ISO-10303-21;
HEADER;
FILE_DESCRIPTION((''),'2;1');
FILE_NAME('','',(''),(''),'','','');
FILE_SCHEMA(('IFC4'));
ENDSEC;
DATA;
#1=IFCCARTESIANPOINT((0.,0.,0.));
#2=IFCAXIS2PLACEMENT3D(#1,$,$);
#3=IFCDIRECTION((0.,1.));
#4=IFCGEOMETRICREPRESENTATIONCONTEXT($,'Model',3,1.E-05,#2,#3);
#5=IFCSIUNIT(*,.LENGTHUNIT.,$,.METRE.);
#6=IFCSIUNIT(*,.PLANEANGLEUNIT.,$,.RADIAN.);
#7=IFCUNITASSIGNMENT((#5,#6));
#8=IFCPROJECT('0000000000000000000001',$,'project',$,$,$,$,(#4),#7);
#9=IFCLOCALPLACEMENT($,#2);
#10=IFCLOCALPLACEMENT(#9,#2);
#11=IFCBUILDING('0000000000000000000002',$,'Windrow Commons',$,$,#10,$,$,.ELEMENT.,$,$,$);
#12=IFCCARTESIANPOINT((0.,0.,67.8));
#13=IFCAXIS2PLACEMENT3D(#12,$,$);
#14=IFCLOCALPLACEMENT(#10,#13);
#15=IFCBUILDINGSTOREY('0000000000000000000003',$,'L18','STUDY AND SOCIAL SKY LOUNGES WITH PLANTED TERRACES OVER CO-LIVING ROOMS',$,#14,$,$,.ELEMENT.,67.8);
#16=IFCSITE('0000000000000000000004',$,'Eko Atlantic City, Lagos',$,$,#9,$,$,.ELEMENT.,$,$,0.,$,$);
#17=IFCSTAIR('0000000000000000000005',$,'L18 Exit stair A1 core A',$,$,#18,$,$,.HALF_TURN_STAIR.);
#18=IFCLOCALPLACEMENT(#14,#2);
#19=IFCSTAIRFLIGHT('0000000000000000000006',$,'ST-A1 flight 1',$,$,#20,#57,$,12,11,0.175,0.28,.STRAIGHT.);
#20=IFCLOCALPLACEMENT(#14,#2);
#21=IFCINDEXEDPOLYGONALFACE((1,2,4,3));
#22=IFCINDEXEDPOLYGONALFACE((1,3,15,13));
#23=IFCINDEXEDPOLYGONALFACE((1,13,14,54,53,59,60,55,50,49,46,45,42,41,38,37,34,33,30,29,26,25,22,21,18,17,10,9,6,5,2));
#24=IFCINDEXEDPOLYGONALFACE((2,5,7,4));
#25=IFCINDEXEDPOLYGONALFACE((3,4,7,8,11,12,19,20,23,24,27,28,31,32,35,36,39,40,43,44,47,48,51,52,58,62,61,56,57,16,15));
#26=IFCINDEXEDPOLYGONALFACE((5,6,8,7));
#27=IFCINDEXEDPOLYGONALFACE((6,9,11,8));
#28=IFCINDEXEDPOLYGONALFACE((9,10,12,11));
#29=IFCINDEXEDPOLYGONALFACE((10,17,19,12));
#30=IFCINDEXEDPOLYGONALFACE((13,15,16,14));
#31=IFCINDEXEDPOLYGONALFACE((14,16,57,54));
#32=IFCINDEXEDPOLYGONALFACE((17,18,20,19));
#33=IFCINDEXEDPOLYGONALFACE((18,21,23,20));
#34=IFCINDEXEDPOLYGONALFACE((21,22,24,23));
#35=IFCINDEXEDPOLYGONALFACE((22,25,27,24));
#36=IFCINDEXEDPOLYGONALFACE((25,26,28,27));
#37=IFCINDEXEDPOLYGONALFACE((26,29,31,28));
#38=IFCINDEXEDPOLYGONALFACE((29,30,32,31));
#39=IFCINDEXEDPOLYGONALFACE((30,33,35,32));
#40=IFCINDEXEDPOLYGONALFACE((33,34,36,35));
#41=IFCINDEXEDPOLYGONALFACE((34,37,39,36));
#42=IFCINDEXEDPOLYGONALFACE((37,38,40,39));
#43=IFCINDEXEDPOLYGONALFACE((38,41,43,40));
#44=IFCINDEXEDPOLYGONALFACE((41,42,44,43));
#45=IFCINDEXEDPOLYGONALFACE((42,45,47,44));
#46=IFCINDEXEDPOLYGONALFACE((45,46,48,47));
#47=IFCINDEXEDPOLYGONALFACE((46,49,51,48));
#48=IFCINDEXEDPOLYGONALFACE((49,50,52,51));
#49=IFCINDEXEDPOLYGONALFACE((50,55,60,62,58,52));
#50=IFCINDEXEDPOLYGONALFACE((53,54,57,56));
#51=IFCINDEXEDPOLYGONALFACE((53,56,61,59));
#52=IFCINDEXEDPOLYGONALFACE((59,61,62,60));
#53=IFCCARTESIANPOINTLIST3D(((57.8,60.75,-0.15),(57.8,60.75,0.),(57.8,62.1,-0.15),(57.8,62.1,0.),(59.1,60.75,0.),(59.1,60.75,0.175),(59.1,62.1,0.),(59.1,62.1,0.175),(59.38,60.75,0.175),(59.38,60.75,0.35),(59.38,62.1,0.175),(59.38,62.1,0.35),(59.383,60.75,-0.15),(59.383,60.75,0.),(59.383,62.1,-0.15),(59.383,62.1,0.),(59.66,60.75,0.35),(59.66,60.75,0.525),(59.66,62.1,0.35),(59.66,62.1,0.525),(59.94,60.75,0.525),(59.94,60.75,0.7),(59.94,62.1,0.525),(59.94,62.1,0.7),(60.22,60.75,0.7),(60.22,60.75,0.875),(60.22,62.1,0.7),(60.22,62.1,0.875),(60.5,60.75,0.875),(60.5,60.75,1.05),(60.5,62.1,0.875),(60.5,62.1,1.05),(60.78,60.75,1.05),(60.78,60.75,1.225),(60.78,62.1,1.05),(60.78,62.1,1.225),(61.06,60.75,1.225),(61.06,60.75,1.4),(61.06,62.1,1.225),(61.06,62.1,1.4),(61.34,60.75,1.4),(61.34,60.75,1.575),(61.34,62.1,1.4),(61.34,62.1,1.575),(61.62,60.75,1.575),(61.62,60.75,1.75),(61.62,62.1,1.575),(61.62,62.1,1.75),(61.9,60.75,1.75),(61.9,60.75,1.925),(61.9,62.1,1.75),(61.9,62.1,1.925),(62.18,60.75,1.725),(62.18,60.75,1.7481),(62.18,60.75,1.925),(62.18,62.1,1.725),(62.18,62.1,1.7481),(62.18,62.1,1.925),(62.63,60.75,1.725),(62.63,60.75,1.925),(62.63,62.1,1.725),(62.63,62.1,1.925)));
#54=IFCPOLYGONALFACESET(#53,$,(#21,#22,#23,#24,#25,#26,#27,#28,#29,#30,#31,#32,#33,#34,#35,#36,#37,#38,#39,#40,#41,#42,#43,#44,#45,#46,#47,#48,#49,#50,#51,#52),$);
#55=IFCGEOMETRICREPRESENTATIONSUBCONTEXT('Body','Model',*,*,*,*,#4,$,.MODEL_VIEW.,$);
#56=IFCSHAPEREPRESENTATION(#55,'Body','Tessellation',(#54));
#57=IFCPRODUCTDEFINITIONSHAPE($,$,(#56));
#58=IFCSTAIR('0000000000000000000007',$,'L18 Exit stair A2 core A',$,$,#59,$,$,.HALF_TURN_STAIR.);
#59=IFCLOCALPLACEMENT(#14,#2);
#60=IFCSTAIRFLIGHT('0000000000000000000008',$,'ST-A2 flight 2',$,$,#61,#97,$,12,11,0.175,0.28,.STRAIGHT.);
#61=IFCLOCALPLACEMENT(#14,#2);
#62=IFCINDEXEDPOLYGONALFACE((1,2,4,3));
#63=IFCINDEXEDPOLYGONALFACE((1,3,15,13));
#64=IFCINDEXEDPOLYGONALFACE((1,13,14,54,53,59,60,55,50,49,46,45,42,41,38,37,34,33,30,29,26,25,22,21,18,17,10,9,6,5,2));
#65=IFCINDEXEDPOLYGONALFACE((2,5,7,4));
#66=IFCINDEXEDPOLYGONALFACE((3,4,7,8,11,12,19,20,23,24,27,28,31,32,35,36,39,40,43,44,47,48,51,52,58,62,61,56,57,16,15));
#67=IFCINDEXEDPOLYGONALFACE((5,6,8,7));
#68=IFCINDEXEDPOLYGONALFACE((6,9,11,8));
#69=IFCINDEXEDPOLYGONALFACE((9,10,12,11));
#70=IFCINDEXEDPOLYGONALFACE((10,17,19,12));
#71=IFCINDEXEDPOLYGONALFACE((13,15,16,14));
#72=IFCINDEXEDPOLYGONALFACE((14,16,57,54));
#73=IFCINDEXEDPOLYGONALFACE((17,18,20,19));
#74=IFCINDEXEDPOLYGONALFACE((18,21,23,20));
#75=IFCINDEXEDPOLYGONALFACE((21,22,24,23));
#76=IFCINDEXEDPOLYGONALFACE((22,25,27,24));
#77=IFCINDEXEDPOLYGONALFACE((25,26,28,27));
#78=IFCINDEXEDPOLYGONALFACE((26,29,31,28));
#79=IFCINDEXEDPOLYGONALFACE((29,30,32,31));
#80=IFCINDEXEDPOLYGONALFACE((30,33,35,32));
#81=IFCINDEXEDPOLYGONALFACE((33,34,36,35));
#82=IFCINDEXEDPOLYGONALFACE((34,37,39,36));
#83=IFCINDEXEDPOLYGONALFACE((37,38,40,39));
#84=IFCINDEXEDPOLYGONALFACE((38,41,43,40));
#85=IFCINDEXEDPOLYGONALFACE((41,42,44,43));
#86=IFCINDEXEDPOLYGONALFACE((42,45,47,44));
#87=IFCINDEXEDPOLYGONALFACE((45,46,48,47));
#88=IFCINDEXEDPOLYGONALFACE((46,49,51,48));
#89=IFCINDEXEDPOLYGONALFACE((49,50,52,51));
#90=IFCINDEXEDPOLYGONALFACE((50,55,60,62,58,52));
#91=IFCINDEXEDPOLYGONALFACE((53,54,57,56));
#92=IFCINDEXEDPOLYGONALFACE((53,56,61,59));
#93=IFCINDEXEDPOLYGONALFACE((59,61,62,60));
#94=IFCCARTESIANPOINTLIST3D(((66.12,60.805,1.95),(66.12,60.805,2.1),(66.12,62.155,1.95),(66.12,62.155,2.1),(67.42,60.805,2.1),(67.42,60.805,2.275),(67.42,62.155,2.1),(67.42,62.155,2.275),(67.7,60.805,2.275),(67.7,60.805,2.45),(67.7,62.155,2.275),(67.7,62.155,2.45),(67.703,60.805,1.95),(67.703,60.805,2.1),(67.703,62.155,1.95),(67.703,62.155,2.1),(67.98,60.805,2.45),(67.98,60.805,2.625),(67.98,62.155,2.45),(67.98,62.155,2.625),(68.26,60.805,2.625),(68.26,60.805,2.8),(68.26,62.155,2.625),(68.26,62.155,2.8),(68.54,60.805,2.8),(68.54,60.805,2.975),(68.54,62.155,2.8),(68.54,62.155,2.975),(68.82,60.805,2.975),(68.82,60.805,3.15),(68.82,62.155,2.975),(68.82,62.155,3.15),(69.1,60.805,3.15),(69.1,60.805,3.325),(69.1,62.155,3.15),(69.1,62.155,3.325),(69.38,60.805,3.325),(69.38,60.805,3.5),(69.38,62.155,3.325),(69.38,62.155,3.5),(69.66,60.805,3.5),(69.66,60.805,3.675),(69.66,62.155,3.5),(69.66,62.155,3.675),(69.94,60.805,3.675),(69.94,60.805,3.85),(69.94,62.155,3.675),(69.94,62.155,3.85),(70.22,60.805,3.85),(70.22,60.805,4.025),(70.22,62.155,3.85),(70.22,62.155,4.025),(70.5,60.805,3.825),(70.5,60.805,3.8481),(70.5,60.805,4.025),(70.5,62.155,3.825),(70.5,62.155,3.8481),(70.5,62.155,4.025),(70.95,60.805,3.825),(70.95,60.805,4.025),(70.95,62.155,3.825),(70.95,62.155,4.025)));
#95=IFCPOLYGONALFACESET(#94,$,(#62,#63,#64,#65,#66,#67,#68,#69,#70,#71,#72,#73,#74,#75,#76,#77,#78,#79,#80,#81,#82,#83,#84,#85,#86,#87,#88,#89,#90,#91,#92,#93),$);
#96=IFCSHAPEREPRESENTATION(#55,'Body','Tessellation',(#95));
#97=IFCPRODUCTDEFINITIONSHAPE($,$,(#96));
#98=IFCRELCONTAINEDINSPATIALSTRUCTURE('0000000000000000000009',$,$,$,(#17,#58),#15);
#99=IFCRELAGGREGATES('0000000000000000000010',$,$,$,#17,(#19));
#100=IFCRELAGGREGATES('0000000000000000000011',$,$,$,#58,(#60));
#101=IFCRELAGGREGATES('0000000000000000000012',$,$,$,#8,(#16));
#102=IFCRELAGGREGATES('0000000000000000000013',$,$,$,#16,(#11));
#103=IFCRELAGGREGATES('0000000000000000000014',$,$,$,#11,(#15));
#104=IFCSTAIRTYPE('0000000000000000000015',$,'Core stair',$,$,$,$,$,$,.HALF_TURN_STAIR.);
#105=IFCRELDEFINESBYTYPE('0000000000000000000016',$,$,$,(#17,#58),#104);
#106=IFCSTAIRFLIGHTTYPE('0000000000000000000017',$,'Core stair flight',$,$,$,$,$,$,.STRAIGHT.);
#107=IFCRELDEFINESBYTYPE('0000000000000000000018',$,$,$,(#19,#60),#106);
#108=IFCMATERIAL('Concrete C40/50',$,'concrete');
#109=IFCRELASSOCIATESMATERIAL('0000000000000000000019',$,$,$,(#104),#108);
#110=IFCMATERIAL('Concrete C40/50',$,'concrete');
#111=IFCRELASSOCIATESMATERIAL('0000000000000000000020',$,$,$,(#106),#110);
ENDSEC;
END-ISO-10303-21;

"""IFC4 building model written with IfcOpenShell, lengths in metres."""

from ifc_helpers import new_model, si_unit, direction, frame, origin, place, context, subcontext, project, spatial, polyline, outline, extrude, material, type_object, element, aggregate, save


model = new_model("IFC4")

# Units and contexts
model_context = context("Model", 3, precision=1e-05, world=origin(), true_north=direction((0.0, 1.0)))
body_context = subcontext(model_context, "Body", "Model", "MODEL_VIEW")
ifc_project = project(units=[si_unit("LENGTHUNIT", "METRE"), si_unit("PLANEANGLEUNIT", "RADIAN")], contexts=[model_context])

# Site, building, storey
site_placement = place(None, origin())
site = spatial("IfcSite", under=ifc_project, at=site_placement, Name="Eko Atlantic City, Lagos", CompositionType="ELEMENT", RefElevation=0.0)
building_placement = place(site_placement, origin())
building = spatial("IfcBuilding", under=site, at=building_placement, Name="Windrow Commons", CompositionType="ELEMENT")
storey_placement = place(building_placement, frame((0.0, 0.0, 67.8)))
storey = spatial("IfcBuildingStorey", under=building, at=storey_placement, Name="L18", Description="STUDY AND SOCIAL SKY LOUNGES WITH PLANTED TERRACES OVER CO-LIVING ROOMS", CompositionType="ELEMENT", Elevation=67.8)

# Stairs, stair flights
ifc_material_1 = material(Name="Concrete C40/50", Category="concrete")
stair_type = type_object("IfcStairType", Name="Core stair", PredefinedType="HALF_TURN_STAIR", material=ifc_material_1)
placement = place(storey_placement, origin())
stair_1 = element("IfcStair", 1, at=placement, inside=storey, type_object=stair_type, Name="L18 Exit stair A1 core A", PredefinedType="HALF_TURN_STAIR")
ifc_material_2 = material(Name="Concrete C40/50", Category="concrete")
stair_flight_type = type_object("IfcStairFlightType", Name="Core stair flight", PredefinedType="STRAIGHT", material=ifc_material_2)
stair_flight_1_placement = place(storey_placement, frame((59.1, 61.425, 0.0), z_axis=(0.0, 0.0, 1.0), x_axis=(1.0, 0.0, 0.0)))
stair_flight_1 = element("IfcStairFlight", 2, at=stair_flight_1_placement, type_object=stair_flight_type, Name="ST-A1 flight 1", NumberOfRisers=12, NumberOfTreads=11, PredefinedType="STRAIGHT", RiserHeight=0.175, TreadLength=0.28, context=body_context, shape_type="SweptSolid", body=[
    extrude(outline(polyline([(-1.3, -0.15), (-1.3, 0.0), (0.0, 0.0), (0.0, 0.175), (0.28, 0.175), (0.28, 0.35), (0.56, 0.35), (0.56, 0.525), (0.84, 0.525), (0.84, 0.7), (1.12, 0.7), (1.12, 0.875), (1.4, 0.875), (1.4, 1.05), (1.68, 1.05), (1.68, 1.225), (1.96, 1.225), (1.96, 1.4), (2.24, 1.4), (2.24, 1.575), (2.52, 1.575), (2.52, 1.75), (2.8, 1.75), (2.8, 1.925), (3.08, 1.925), (3.53, 1.925), (3.53, 1.725), (3.08, 1.725), (3.08, 1.7481), (0.283, 0.0), (0.283, -0.15), (-1.3, -0.15)])), frame((0.0, 0.675, 0.0), z_axis=(0.0, -1.0, 0.0), x_axis=(1.0, 0.0, 0.0)), (0.0, 0.0, 1.0), 1.35),
])
aggregate(stair_1, [stair_flight_1])
stair_2 = element("IfcStair", 3, at=placement, inside=storey, type_object=stair_type, Name="L18 Exit stair A2 core A", PredefinedType="HALF_TURN_STAIR")
stair_flight_2_placement = place(storey_placement, frame((67.42, 61.48, 2.1), z_axis=(0.0, 0.0, 1.0), x_axis=(1.0, 0.0, 0.0)))
stair_flight_2 = element("IfcStairFlight", 4, at=stair_flight_2_placement, type_object=stair_flight_type, Name="ST-A2 flight 2", NumberOfRisers=12, NumberOfTreads=11, PredefinedType="STRAIGHT", RiserHeight=0.175, TreadLength=0.28, context=body_context, shape_type="SweptSolid", body=[
    extrude(outline(polyline([(-1.3, -0.15), (-1.3, 0.0), (0.0, 0.0), (0.0, 0.175), (0.28, 0.175), (0.28, 0.35), (0.56, 0.35), (0.56, 0.525), (0.84, 0.525), (0.84, 0.7), (1.12, 0.7), (1.12, 0.875), (1.4, 0.875), (1.4, 1.05), (1.68, 1.05), (1.68, 1.225), (1.96, 1.225), (1.96, 1.4), (2.24, 1.4), (2.24, 1.575), (2.52, 1.575), (2.52, 1.75), (2.8, 1.75), (2.8, 1.925), (3.08, 1.925), (3.53, 1.925), (3.53, 1.725), (3.08, 1.725), (3.08, 1.7481), (0.283, 0.0), (0.283, -0.15), (-1.3, -0.15)])), frame((0.0, 0.675, 0.0), z_axis=(0.0, -1.0, 0.0), x_axis=(1.0, 0.0, 0.0)), (0.0, 0.0, 1.0), 1.35),
])
aggregate(stair_2, [stair_flight_2])

save(model, "model.ifc")
